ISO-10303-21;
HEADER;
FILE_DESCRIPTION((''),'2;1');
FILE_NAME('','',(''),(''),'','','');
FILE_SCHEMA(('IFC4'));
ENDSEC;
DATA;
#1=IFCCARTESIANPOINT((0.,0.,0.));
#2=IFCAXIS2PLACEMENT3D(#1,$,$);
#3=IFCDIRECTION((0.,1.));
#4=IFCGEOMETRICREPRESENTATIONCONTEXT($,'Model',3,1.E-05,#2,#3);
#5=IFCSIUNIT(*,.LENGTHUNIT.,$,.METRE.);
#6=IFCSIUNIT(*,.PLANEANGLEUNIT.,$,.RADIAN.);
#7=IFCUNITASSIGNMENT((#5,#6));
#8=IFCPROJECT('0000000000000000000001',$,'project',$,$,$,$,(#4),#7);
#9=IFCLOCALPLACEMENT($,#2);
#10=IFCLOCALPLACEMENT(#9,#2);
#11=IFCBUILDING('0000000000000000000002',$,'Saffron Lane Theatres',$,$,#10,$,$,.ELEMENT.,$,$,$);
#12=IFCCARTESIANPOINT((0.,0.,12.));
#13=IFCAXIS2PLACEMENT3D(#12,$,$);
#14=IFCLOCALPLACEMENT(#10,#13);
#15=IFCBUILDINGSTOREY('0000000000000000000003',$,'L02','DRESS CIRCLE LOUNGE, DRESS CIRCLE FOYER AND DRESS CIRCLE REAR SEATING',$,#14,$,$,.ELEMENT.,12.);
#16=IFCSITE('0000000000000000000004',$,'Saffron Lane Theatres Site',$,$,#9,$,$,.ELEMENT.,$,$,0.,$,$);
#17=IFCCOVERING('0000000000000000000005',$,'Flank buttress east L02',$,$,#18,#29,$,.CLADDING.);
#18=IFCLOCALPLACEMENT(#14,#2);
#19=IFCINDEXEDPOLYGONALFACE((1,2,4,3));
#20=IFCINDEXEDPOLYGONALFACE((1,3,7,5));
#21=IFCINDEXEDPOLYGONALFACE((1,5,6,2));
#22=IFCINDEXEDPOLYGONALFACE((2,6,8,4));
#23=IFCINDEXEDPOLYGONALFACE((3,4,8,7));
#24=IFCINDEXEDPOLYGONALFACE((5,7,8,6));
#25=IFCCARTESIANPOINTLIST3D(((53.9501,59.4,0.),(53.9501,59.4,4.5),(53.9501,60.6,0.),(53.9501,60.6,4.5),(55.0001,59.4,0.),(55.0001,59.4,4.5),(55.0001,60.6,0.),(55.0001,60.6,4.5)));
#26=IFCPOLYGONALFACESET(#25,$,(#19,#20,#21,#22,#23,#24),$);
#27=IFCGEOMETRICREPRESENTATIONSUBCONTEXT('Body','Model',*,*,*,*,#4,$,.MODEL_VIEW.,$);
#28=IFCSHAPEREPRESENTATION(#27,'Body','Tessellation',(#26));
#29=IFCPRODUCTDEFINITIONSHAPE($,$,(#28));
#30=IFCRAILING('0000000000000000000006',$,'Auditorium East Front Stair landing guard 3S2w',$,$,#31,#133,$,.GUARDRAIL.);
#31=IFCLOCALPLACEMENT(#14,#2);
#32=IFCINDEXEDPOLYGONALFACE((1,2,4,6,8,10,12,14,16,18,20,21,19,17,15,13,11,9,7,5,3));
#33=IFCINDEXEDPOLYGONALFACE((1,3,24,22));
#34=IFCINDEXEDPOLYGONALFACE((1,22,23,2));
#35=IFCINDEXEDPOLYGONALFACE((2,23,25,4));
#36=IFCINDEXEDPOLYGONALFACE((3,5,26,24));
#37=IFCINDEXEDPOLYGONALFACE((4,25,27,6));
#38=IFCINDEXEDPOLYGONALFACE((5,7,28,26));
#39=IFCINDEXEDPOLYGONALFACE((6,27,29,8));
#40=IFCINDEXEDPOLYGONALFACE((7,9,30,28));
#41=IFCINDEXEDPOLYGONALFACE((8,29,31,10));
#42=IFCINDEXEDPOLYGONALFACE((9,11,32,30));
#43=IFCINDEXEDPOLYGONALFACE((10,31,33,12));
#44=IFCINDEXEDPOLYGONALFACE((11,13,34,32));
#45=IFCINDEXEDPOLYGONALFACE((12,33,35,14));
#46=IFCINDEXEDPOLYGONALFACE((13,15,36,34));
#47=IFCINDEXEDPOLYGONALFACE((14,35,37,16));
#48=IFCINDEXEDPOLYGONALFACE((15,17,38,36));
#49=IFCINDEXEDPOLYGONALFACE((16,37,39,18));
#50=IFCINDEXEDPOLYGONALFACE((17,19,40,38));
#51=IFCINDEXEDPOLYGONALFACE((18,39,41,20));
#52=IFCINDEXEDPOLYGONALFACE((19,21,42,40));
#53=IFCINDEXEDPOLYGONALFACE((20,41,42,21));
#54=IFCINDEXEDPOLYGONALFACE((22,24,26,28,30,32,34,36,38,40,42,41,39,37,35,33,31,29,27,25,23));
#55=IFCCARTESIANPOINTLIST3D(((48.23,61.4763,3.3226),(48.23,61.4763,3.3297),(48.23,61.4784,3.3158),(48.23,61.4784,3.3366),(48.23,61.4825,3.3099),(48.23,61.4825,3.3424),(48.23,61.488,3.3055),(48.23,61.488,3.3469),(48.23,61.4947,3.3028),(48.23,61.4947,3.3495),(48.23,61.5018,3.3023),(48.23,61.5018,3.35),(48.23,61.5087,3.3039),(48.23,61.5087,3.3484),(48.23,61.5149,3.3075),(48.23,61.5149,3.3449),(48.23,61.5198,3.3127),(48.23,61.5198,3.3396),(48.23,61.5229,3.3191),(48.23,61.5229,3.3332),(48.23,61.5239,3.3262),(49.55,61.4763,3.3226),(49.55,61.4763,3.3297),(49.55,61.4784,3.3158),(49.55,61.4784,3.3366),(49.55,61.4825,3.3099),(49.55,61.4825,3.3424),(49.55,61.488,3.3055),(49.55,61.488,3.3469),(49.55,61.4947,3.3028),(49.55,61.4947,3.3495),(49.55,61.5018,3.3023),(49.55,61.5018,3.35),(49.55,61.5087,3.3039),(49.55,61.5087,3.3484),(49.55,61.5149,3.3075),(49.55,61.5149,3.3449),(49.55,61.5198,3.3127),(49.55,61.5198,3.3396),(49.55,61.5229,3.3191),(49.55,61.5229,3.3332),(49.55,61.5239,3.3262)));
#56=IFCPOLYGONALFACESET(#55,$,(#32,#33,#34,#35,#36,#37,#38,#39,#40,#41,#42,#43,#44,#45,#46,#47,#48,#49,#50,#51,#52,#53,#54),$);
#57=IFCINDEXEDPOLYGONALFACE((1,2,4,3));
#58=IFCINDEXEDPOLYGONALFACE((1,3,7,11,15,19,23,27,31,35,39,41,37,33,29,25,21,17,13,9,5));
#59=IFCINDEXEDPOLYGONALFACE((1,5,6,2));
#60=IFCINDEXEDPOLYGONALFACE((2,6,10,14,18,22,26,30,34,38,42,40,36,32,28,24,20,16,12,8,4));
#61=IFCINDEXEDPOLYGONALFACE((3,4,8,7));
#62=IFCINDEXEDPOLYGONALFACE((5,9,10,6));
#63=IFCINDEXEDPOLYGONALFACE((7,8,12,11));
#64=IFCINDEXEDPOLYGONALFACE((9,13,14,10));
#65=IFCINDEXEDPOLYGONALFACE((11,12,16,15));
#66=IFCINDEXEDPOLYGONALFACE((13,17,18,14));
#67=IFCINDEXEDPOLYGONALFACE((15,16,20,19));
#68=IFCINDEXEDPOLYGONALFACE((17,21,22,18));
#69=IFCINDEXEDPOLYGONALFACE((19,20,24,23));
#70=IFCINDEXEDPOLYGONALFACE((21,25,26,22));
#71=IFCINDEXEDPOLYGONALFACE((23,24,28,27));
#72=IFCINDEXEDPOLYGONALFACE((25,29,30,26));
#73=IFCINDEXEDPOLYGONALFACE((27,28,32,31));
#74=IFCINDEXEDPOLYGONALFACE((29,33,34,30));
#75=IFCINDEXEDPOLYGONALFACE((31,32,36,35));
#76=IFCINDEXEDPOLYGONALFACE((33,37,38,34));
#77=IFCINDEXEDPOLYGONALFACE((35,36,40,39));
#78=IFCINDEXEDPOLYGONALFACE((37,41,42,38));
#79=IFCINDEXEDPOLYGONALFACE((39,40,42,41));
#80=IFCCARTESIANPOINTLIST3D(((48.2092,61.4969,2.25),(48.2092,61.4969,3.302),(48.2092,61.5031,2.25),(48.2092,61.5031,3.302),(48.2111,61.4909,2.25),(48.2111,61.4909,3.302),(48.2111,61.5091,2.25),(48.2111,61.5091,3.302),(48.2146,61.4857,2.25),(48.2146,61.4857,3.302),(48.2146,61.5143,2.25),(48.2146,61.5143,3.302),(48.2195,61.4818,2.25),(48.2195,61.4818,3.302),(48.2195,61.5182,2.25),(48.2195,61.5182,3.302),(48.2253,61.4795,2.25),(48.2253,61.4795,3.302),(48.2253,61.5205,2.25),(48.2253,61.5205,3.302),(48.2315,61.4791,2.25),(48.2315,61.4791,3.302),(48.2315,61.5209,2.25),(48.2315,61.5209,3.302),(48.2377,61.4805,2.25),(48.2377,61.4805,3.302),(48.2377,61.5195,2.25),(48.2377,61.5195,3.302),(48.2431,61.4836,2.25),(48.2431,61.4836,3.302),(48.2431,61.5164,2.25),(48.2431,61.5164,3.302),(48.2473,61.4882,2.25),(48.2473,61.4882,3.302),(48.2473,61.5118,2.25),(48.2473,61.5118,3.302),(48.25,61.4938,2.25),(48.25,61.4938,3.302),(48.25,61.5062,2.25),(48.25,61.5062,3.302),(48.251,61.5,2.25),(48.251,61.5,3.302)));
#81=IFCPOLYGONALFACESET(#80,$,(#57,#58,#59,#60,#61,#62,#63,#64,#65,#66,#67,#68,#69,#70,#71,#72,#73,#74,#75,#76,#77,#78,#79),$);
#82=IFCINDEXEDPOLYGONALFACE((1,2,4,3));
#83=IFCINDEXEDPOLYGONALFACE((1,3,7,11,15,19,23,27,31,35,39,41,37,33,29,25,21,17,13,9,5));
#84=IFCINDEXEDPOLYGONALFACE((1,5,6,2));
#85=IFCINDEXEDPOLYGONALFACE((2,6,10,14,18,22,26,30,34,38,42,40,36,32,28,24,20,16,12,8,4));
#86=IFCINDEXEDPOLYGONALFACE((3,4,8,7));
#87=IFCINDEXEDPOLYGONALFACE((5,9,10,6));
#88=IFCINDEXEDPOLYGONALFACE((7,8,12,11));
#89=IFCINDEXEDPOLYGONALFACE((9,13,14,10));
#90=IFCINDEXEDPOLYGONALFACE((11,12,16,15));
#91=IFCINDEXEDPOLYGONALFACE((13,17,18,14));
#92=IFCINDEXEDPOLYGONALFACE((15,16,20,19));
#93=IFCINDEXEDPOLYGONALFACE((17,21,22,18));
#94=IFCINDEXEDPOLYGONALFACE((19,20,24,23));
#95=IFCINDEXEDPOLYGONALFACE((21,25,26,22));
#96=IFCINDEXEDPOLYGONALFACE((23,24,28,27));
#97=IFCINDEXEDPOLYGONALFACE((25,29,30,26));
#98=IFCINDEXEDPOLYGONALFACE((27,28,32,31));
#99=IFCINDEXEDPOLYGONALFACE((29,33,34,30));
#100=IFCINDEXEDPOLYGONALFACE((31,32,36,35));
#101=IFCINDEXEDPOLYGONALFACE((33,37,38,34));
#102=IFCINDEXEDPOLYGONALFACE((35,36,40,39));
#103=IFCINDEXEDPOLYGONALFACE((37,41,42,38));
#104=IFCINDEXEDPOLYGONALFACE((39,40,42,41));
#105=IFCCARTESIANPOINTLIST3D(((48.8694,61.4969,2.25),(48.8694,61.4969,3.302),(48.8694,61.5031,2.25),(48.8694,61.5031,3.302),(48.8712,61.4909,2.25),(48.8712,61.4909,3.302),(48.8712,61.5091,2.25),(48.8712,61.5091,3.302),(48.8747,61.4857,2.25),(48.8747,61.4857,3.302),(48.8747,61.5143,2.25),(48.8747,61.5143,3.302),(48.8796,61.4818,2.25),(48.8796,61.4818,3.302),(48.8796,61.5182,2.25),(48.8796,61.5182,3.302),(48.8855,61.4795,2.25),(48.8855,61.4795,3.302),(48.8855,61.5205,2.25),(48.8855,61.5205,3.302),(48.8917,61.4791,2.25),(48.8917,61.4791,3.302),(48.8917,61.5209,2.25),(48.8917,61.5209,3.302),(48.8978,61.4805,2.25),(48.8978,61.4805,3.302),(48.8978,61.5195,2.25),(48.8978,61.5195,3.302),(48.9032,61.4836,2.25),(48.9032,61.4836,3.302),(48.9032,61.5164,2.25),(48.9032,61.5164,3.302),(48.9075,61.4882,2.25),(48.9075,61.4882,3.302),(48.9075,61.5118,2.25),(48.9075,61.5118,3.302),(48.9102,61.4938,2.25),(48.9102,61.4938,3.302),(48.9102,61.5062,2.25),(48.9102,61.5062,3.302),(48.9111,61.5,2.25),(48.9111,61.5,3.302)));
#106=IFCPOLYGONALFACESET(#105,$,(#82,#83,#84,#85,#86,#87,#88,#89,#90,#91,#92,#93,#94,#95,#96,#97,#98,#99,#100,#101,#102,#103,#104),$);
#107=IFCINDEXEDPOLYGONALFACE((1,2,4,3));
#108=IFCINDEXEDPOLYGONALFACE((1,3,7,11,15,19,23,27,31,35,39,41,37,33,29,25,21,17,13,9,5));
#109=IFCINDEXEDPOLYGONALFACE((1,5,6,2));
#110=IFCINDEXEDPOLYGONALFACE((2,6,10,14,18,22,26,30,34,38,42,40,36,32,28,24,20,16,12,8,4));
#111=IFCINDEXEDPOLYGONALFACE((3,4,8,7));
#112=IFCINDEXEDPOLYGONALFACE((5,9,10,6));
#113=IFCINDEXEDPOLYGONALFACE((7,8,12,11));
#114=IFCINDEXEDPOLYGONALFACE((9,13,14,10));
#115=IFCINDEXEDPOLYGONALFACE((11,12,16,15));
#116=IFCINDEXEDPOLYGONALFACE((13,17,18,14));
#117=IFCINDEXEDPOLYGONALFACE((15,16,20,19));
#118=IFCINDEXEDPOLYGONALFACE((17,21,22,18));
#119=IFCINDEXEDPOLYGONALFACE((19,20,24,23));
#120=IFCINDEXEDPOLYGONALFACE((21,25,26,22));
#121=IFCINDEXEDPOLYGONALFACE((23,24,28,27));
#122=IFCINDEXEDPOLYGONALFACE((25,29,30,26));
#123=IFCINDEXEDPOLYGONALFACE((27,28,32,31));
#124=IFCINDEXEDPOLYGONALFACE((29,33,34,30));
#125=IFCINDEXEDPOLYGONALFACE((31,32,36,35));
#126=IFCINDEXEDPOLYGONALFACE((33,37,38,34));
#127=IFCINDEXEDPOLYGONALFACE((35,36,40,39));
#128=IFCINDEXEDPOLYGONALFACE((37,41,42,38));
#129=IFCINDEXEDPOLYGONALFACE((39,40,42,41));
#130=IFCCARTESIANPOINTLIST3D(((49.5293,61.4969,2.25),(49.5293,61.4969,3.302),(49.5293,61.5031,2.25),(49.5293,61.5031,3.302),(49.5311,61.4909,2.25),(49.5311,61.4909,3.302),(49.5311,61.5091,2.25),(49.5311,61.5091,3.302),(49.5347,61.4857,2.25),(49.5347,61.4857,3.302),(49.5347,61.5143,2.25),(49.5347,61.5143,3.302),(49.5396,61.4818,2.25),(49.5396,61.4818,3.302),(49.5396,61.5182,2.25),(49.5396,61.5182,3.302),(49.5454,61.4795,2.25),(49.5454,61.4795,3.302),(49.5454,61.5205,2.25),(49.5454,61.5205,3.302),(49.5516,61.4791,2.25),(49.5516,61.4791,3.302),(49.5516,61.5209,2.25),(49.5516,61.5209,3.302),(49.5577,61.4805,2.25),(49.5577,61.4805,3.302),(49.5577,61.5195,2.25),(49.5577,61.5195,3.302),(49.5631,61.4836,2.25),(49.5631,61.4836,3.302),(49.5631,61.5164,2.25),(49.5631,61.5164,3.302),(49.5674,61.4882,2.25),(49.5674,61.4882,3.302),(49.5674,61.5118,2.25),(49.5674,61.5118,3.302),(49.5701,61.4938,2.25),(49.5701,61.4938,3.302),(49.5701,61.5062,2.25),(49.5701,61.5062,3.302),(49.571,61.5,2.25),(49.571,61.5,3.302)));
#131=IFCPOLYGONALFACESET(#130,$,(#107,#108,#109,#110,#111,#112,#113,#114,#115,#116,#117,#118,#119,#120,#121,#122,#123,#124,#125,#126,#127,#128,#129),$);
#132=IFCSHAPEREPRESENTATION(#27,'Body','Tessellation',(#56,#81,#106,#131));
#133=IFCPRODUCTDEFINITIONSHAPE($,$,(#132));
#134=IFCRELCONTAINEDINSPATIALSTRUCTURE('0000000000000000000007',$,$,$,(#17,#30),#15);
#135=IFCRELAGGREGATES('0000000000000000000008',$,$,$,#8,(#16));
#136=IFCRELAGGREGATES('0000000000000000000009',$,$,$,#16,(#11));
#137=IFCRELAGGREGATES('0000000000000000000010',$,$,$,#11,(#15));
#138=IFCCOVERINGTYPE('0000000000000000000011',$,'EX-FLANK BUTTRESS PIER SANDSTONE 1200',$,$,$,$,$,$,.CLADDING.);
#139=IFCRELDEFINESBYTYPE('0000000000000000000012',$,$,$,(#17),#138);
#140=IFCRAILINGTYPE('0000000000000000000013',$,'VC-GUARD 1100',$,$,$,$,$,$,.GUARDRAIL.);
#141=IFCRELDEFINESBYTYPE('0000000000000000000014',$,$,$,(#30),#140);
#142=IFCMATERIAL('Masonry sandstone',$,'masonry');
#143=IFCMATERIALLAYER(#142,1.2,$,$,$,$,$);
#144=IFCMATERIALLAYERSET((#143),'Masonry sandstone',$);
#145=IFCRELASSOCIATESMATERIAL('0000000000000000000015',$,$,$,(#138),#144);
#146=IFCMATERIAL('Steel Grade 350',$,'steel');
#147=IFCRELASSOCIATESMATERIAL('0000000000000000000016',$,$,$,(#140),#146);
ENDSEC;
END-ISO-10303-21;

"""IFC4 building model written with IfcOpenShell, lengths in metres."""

from ifc_helpers import new_model, si_unit, direction, frame, origin, origin_2d, place, context, subcontext, project, spatial, rectangle, circle, extrude, material, layer, layer_set, type_object, element, save


model = new_model("IFC4")

# Units and contexts
model_context = context("Model", 3, precision=1e-05, world=origin(), true_north=direction((0.0, 1.0)))
body_context = subcontext(model_context, "Body", "Model", "MODEL_VIEW")
ifc_project = project(units=[si_unit("LENGTHUNIT", "METRE"), si_unit("PLANEANGLEUNIT", "RADIAN")], contexts=[model_context])

# Site, building, storey
site_placement = place(None, origin())
site = spatial("IfcSite", under=ifc_project, at=site_placement, Name="Saffron Lane Theatres Site", CompositionType="ELEMENT", RefElevation=0.0)
building_placement = place(site_placement, origin())
building = spatial("IfcBuilding", under=site, at=building_placement, Name="Saffron Lane Theatres", CompositionType="ELEMENT")
storey_placement = place(building_placement, frame((0.0, 0.0, 12.0)))
storey = spatial("IfcBuildingStorey", under=building, at=storey_placement, Name="L02", Description="DRESS CIRCLE LOUNGE, DRESS CIRCLE FOYER AND DRESS CIRCLE REAR SEATING", CompositionType="ELEMENT", Elevation=12.0)

# Covering
ifc_material_1 = material(Name="Masonry sandstone", Category="masonry")
ifc_layer_1 = layer(ifc_material_1, 1.2)
ifc_layer_set_1 = layer_set([ifc_layer_1], Name="Masonry sandstone")
covering_type_1 = type_object("IfcCoveringType", Name="EX-FLANK BUTTRESS PIER SANDSTONE 1200", PredefinedType="CLADDING", material=ifc_layer_set_1)
covering_placement = place(storey_placement, frame((54.4751, 60.0, 0.0), z_axis=(0.0, 0.0, 1.0), x_axis=(0.0, 1.0, 0.0)))
element("IfcCovering", 1, at=covering_placement, inside=storey, type_object=covering_type_1, Name="Flank buttress east L02", PredefinedType="CLADDING", context=body_context, shape_type="SweptSolid", body=[
    extrude(rectangle(XDim=1.2, YDim=1.05, at=origin_2d()), origin(), (0.0, 0.0, 1.0), 4.5),
])

# Railing
ifc_material_2 = material(Name="Steel Grade 350", Category="steel")
railing_type_1 = type_object("IfcRailingType", Name="VC-GUARD 1100", PredefinedType="GUARDRAIL", material=ifc_material_2)
railing_1_placement = place(storey_placement, frame((48.23, 61.5, 2.25)))
element("IfcRailing", 2, at=railing_1_placement, inside=storey, type_object=railing_type_1, Name="Auditorium East Front Stair landing guard 3S2w", PredefinedType="GUARDRAIL", context=body_context, shape_type="SweptSolid", body=[
    extrude(circle(Radius=0.0239, at=origin_2d()), frame((0.0, 0.0, 1.0762), z_axis=(1.0, 0.0, 0.0), x_axis=(0.0, 1.0, 0.0)), (0.0, 0.0, 1.0), 1.3201),
    extrude(circle(Radius=0.021, at=origin_2d()), origin(), (0.0, 0.0, 1.0), 1.052),
    extrude(circle(Radius=0.021, at=origin_2d()), frame((0.6602, 0.0, 0.0)), (0.0, 0.0, 1.0), 1.052),
    extrude(circle(Radius=0.021, at=origin_2d()), frame((1.3201, 0.0, 0.0)), (0.0, 0.0, 1.0), 1.052),
])

save(model, "model.ifc")
